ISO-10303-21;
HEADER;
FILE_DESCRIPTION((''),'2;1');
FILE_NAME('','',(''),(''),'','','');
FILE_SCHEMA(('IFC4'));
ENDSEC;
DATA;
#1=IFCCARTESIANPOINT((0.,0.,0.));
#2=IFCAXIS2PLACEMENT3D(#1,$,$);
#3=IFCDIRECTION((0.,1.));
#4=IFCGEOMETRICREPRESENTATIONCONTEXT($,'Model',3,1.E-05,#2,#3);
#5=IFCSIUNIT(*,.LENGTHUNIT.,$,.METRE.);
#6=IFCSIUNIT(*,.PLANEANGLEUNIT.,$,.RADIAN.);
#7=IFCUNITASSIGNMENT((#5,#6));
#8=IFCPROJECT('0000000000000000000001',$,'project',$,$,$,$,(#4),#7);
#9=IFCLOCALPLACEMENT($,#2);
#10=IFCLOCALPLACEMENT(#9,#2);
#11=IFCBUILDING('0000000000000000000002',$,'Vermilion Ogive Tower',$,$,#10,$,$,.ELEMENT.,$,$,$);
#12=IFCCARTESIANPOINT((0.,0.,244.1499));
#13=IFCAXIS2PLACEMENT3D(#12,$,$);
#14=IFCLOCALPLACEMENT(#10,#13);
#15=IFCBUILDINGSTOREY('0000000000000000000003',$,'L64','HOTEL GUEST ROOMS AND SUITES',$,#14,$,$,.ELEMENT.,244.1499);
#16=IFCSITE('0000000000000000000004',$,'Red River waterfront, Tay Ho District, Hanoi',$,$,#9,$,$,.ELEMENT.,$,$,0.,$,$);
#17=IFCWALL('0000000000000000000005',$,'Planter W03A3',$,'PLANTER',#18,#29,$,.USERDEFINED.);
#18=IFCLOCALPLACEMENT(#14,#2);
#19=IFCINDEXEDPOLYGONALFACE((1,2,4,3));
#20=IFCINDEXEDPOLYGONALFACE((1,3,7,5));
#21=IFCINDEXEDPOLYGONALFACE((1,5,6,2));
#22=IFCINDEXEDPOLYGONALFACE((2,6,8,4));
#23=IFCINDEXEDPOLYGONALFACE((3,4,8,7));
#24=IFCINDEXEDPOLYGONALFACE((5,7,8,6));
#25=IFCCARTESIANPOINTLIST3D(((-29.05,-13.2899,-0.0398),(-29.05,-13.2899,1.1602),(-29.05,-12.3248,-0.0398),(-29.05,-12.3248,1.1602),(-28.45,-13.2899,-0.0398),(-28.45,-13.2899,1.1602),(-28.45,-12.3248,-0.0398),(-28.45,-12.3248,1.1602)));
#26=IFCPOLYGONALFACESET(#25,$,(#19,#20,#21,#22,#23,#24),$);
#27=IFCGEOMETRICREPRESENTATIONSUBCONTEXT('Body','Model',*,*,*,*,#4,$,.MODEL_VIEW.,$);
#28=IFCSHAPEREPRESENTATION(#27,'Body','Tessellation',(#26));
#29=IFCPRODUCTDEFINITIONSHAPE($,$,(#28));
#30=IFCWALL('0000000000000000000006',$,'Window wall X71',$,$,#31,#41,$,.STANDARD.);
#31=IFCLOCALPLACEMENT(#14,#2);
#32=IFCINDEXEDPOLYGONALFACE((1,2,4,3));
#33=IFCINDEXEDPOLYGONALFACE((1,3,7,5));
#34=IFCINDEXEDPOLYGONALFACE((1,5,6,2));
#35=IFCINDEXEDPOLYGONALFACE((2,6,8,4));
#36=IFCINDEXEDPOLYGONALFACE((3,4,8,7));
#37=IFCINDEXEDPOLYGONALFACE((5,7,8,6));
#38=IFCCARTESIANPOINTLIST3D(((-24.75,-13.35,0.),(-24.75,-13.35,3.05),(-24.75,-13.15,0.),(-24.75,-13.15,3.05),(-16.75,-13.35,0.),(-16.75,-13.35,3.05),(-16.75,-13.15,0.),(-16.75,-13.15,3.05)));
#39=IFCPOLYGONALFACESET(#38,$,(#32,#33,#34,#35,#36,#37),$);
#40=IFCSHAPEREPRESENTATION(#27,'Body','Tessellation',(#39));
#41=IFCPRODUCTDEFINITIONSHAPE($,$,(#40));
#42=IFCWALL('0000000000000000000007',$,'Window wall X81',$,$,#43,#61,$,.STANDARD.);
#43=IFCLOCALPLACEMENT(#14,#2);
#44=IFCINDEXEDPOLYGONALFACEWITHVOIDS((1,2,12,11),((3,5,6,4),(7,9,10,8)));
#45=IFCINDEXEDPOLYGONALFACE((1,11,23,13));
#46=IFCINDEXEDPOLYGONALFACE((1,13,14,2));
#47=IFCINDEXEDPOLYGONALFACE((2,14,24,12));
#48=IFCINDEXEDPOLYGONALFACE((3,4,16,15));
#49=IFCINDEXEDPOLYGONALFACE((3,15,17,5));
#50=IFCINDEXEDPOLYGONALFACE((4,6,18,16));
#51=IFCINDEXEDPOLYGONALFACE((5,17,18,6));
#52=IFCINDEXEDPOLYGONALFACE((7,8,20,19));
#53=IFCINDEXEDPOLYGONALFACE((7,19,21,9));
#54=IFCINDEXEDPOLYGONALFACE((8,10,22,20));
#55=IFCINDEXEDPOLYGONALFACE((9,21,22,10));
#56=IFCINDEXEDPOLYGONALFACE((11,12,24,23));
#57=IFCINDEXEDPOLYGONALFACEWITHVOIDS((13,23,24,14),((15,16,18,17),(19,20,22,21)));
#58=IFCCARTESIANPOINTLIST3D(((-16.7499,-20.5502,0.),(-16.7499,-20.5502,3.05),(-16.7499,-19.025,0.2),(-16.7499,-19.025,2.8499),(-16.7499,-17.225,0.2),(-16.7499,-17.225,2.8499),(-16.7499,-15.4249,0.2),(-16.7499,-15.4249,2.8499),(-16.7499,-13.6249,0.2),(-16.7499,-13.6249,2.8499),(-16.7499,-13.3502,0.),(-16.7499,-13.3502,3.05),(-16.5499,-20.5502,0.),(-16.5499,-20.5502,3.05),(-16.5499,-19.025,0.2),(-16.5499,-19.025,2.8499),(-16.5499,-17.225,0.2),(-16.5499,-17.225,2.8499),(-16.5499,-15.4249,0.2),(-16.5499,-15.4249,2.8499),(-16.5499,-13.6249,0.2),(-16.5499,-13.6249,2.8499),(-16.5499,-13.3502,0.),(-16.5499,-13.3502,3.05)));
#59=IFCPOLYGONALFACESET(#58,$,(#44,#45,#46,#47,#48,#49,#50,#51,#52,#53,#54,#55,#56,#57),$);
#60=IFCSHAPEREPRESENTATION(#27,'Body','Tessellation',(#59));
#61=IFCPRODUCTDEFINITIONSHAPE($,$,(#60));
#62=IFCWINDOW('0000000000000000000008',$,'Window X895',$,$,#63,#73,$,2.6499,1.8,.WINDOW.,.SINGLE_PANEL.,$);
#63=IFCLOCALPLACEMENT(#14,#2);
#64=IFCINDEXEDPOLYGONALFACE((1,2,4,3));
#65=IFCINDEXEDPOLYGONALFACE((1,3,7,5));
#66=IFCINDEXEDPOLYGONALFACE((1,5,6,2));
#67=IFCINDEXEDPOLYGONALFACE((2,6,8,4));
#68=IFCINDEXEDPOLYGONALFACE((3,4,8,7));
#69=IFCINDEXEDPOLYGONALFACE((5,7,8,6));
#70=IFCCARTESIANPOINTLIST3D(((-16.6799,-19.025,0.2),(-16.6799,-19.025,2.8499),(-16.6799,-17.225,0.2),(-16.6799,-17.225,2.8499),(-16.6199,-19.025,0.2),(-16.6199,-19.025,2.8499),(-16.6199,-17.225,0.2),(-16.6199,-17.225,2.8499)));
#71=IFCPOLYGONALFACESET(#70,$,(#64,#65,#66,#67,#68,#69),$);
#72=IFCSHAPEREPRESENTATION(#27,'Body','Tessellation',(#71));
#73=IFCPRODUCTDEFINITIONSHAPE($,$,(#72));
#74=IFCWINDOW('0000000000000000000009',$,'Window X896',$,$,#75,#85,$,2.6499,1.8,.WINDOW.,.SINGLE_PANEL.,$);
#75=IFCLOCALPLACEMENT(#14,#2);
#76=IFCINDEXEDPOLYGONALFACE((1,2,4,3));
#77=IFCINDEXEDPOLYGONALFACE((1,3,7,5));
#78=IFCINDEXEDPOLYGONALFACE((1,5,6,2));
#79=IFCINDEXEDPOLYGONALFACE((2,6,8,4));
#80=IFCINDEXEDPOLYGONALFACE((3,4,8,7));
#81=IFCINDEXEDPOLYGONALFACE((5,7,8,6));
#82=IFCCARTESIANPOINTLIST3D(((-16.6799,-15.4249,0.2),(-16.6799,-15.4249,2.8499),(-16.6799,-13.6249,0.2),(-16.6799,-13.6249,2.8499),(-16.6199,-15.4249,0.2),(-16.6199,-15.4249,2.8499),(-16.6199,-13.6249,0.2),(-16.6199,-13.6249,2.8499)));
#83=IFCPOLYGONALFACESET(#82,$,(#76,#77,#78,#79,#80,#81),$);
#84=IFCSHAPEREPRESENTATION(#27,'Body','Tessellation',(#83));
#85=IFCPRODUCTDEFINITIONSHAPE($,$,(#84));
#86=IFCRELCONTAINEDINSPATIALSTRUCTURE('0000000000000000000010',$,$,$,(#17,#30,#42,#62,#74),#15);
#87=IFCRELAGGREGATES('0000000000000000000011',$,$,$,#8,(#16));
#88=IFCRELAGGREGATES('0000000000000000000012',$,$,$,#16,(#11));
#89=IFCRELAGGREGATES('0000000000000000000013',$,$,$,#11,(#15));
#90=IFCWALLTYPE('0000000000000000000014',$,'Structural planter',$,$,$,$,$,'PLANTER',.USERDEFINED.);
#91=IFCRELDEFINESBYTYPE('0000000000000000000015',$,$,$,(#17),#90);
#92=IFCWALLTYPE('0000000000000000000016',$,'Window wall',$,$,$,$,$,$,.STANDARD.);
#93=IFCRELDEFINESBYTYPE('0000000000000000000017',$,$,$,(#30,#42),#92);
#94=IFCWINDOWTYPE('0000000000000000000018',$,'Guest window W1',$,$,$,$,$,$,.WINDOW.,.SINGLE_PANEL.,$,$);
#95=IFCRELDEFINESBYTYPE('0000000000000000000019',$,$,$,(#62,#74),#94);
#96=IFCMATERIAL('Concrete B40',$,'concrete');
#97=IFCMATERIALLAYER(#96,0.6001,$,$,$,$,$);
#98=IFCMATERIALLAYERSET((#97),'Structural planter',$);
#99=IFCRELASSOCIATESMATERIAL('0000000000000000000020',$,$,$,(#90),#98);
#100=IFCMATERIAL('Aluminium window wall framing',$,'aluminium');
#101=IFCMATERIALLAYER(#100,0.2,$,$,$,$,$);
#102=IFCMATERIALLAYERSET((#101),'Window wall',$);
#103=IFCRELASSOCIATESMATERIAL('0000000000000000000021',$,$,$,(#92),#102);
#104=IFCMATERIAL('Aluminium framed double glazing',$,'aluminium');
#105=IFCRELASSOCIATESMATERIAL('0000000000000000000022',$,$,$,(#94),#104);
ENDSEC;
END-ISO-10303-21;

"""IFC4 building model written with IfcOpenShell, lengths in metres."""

from ifc_helpers import new_model, si_unit, direction, frame, frame_2d, origin, place, context, subcontext, project, spatial, rectangle, extrude, material, layer, layer_set, type_object, element, fill, save


model = new_model("IFC4")

# Units and contexts
model_context = context("Model", 3, precision=1e-05, world=origin(), true_north=direction((0.0, 1.0)))
body_context = subcontext(model_context, "Body", "Model", "MODEL_VIEW")
ifc_project = project(units=[si_unit("LENGTHUNIT", "METRE"), si_unit("PLANEANGLEUNIT", "RADIAN")], contexts=[model_context])

# Site, building, storey
site_placement = place(None, origin())
site = spatial("IfcSite", under=ifc_project, at=site_placement, Name="Red River waterfront, Tay Ho District, Hanoi", CompositionType="ELEMENT", RefElevation=0.0)
building_placement = place(site_placement, origin())
building = spatial("IfcBuilding", under=site, at=building_placement, Name="Vermilion Ogive Tower", CompositionType="ELEMENT")
storey_placement = place(building_placement, frame((0.0, 0.0, 244.1499)))
storey = spatial("IfcBuildingStorey", under=building, at=storey_placement, Name="L64", Description="HOTEL GUEST ROOMS AND SUITES", CompositionType="ELEMENT", Elevation=244.1499)

# Walls
ifc_material_1 = material(Name="Concrete B40", Category="concrete")
ifc_layer_1 = layer(ifc_material_1, 0.6001)
ifc_layer_set_1 = layer_set([ifc_layer_1], Name="Structural planter")
wall_type_1 = type_object("IfcWallType", Name="Structural planter", ElementType="PLANTER", PredefinedType="USERDEFINED", material=ifc_layer_set_1)
wall_1_placement = place(storey_placement, frame((-28.75, -12.325, -0.0398), z_axis=(0.0, 0.0, 1.0), x_axis=(0.0, -1.0, 0.0)))
element("IfcWall", 1, at=wall_1_placement, inside=storey, type_object=wall_type_1, Name="Planter W03A3", ObjectType="PLANTER", PredefinedType="USERDEFINED", context=body_context, shape_type="SweptSolid", body=[
    extrude(rectangle(XDim=0.9651, YDim=0.6001, at=frame_2d((0.4824, 0.0))), origin(), (0.0, 0.0, 1.0), 1.2),
])
ifc_material_2 = material(Name="Aluminium window wall framing", Category="aluminium")
ifc_layer_2 = layer(ifc_material_2, 0.2)
ifc_layer_set_2 = layer_set([ifc_layer_2], Name="Window wall")
wall_type_2 = type_object("IfcWallType", Name="Window wall", PredefinedType="STANDARD", material=ifc_layer_set_2)
wall_2_placement = place(storey_placement, frame((-24.75, -13.25, 0.0), z_axis=(0.0, 0.0, 1.0), x_axis=(1.0, 0.0, 0.0)))
element("IfcWall", 2, at=wall_2_placement, inside=storey, type_object=wall_type_2, Name="Window wall X71", PredefinedType="STANDARD", context=body_context, shape_type="SweptSolid", body=[
    extrude(rectangle(XDim=8.0, YDim=0.2, at=frame_2d((4.0, 0.0))), origin(), (0.0, 0.0, 1.0), 3.05),
])

# Wall, openings, windows
wall_3_placement = place(storey_placement, frame((-16.6499, -13.3501, 0.0), z_axis=(0.0, 0.0, 1.0), x_axis=(0.0, -1.0, 0.0)))
wall_3 = element("IfcWall", 3, at=wall_3_placement, inside=storey, type_object=wall_type_2, Name="Window wall X81", PredefinedType="STANDARD", context=body_context, shape_type="SweptSolid", body=[
    extrude(rectangle(XDim=7.2, YDim=0.2, at=frame_2d((3.6001, 0.0))), origin(), (0.0, 0.0, 1.0), 3.05),
])
opening_1_placement = place(wall_3_placement, frame((3.875, 0.0, 0.2)))
opening_1 = element("IfcOpeningElement", 4, at=opening_1_placement, cuts=wall_3, PredefinedType="OPENING", context=body_context, shape_type="SweptSolid", body=[
    extrude(rectangle(XDim=1.8, YDim=2.6499, at=frame_2d((0.8999, 1.325))), frame((0.0, 0.1099, 0.0), z_axis=(0.0, -1.0, 0.0), x_axis=(1.0, 0.0, 0.0)), (0.0, 0.0, 1.0), 0.22),
])
opening_2_placement = place(wall_3_placement, frame((0.2749, 0.0, 0.2)))
opening_2 = element("IfcOpeningElement", 5, at=opening_2_placement, cuts=wall_3, PredefinedType="OPENING", context=body_context, shape_type="SweptSolid", body=[
    extrude(rectangle(XDim=1.8, YDim=2.6499, at=frame_2d((0.8999, 1.325))), frame((0.0, 0.1099, 0.0), z_axis=(0.0, -1.0, 0.0), x_axis=(1.0, 0.0, 0.0)), (0.0, 0.0, 1.0), 0.22),
])
ifc_material_3 = material(Name="Aluminium framed double glazing", Category="aluminium")
window_type = type_object("IfcWindowType", Name="Guest window W1", PartitioningType="SINGLE_PANEL", PredefinedType="WINDOW", material=ifc_material_3)
window_1_placement = place(opening_1_placement, origin())
window_1 = element("IfcWindow", 6, at=window_1_placement, inside=storey, type_object=window_type, Name="Window X895", OverallHeight=2.6499, OverallWidth=1.8, PartitioningType="SINGLE_PANEL", PredefinedType="WINDOW", context=body_context, shape_type="SweptSolid", body=[
    extrude(rectangle(XDim=1.8, YDim=2.6499, at=frame_2d((0.8999, 1.325))), frame((0.0, 0.03, 0.0), z_axis=(0.0, -1.0, 0.0), x_axis=(1.0, 0.0, 0.0)), (0.0, 0.0, 1.0), 0.0601),
])
fill(opening_1, window_1)
window_2_placement = place(opening_2_placement, origin())
window_2 = element("IfcWindow", 7, at=window_2_placement, inside=storey, type_object=window_type, Name="Window X896", OverallHeight=2.6499, OverallWidth=1.8, PartitioningType="SINGLE_PANEL", PredefinedType="WINDOW", context=body_context, shape_type="SweptSolid", body=[
    extrude(rectangle(XDim=1.8, YDim=2.6499, at=frame_2d((0.8999, 1.325))), frame((0.0, 0.03, 0.0), z_axis=(0.0, -1.0, 0.0), x_axis=(1.0, 0.0, 0.0)), (0.0, 0.0, 1.0), 0.0601),
])
fill(opening_2, window_2)

save(model, "model.ifc")
